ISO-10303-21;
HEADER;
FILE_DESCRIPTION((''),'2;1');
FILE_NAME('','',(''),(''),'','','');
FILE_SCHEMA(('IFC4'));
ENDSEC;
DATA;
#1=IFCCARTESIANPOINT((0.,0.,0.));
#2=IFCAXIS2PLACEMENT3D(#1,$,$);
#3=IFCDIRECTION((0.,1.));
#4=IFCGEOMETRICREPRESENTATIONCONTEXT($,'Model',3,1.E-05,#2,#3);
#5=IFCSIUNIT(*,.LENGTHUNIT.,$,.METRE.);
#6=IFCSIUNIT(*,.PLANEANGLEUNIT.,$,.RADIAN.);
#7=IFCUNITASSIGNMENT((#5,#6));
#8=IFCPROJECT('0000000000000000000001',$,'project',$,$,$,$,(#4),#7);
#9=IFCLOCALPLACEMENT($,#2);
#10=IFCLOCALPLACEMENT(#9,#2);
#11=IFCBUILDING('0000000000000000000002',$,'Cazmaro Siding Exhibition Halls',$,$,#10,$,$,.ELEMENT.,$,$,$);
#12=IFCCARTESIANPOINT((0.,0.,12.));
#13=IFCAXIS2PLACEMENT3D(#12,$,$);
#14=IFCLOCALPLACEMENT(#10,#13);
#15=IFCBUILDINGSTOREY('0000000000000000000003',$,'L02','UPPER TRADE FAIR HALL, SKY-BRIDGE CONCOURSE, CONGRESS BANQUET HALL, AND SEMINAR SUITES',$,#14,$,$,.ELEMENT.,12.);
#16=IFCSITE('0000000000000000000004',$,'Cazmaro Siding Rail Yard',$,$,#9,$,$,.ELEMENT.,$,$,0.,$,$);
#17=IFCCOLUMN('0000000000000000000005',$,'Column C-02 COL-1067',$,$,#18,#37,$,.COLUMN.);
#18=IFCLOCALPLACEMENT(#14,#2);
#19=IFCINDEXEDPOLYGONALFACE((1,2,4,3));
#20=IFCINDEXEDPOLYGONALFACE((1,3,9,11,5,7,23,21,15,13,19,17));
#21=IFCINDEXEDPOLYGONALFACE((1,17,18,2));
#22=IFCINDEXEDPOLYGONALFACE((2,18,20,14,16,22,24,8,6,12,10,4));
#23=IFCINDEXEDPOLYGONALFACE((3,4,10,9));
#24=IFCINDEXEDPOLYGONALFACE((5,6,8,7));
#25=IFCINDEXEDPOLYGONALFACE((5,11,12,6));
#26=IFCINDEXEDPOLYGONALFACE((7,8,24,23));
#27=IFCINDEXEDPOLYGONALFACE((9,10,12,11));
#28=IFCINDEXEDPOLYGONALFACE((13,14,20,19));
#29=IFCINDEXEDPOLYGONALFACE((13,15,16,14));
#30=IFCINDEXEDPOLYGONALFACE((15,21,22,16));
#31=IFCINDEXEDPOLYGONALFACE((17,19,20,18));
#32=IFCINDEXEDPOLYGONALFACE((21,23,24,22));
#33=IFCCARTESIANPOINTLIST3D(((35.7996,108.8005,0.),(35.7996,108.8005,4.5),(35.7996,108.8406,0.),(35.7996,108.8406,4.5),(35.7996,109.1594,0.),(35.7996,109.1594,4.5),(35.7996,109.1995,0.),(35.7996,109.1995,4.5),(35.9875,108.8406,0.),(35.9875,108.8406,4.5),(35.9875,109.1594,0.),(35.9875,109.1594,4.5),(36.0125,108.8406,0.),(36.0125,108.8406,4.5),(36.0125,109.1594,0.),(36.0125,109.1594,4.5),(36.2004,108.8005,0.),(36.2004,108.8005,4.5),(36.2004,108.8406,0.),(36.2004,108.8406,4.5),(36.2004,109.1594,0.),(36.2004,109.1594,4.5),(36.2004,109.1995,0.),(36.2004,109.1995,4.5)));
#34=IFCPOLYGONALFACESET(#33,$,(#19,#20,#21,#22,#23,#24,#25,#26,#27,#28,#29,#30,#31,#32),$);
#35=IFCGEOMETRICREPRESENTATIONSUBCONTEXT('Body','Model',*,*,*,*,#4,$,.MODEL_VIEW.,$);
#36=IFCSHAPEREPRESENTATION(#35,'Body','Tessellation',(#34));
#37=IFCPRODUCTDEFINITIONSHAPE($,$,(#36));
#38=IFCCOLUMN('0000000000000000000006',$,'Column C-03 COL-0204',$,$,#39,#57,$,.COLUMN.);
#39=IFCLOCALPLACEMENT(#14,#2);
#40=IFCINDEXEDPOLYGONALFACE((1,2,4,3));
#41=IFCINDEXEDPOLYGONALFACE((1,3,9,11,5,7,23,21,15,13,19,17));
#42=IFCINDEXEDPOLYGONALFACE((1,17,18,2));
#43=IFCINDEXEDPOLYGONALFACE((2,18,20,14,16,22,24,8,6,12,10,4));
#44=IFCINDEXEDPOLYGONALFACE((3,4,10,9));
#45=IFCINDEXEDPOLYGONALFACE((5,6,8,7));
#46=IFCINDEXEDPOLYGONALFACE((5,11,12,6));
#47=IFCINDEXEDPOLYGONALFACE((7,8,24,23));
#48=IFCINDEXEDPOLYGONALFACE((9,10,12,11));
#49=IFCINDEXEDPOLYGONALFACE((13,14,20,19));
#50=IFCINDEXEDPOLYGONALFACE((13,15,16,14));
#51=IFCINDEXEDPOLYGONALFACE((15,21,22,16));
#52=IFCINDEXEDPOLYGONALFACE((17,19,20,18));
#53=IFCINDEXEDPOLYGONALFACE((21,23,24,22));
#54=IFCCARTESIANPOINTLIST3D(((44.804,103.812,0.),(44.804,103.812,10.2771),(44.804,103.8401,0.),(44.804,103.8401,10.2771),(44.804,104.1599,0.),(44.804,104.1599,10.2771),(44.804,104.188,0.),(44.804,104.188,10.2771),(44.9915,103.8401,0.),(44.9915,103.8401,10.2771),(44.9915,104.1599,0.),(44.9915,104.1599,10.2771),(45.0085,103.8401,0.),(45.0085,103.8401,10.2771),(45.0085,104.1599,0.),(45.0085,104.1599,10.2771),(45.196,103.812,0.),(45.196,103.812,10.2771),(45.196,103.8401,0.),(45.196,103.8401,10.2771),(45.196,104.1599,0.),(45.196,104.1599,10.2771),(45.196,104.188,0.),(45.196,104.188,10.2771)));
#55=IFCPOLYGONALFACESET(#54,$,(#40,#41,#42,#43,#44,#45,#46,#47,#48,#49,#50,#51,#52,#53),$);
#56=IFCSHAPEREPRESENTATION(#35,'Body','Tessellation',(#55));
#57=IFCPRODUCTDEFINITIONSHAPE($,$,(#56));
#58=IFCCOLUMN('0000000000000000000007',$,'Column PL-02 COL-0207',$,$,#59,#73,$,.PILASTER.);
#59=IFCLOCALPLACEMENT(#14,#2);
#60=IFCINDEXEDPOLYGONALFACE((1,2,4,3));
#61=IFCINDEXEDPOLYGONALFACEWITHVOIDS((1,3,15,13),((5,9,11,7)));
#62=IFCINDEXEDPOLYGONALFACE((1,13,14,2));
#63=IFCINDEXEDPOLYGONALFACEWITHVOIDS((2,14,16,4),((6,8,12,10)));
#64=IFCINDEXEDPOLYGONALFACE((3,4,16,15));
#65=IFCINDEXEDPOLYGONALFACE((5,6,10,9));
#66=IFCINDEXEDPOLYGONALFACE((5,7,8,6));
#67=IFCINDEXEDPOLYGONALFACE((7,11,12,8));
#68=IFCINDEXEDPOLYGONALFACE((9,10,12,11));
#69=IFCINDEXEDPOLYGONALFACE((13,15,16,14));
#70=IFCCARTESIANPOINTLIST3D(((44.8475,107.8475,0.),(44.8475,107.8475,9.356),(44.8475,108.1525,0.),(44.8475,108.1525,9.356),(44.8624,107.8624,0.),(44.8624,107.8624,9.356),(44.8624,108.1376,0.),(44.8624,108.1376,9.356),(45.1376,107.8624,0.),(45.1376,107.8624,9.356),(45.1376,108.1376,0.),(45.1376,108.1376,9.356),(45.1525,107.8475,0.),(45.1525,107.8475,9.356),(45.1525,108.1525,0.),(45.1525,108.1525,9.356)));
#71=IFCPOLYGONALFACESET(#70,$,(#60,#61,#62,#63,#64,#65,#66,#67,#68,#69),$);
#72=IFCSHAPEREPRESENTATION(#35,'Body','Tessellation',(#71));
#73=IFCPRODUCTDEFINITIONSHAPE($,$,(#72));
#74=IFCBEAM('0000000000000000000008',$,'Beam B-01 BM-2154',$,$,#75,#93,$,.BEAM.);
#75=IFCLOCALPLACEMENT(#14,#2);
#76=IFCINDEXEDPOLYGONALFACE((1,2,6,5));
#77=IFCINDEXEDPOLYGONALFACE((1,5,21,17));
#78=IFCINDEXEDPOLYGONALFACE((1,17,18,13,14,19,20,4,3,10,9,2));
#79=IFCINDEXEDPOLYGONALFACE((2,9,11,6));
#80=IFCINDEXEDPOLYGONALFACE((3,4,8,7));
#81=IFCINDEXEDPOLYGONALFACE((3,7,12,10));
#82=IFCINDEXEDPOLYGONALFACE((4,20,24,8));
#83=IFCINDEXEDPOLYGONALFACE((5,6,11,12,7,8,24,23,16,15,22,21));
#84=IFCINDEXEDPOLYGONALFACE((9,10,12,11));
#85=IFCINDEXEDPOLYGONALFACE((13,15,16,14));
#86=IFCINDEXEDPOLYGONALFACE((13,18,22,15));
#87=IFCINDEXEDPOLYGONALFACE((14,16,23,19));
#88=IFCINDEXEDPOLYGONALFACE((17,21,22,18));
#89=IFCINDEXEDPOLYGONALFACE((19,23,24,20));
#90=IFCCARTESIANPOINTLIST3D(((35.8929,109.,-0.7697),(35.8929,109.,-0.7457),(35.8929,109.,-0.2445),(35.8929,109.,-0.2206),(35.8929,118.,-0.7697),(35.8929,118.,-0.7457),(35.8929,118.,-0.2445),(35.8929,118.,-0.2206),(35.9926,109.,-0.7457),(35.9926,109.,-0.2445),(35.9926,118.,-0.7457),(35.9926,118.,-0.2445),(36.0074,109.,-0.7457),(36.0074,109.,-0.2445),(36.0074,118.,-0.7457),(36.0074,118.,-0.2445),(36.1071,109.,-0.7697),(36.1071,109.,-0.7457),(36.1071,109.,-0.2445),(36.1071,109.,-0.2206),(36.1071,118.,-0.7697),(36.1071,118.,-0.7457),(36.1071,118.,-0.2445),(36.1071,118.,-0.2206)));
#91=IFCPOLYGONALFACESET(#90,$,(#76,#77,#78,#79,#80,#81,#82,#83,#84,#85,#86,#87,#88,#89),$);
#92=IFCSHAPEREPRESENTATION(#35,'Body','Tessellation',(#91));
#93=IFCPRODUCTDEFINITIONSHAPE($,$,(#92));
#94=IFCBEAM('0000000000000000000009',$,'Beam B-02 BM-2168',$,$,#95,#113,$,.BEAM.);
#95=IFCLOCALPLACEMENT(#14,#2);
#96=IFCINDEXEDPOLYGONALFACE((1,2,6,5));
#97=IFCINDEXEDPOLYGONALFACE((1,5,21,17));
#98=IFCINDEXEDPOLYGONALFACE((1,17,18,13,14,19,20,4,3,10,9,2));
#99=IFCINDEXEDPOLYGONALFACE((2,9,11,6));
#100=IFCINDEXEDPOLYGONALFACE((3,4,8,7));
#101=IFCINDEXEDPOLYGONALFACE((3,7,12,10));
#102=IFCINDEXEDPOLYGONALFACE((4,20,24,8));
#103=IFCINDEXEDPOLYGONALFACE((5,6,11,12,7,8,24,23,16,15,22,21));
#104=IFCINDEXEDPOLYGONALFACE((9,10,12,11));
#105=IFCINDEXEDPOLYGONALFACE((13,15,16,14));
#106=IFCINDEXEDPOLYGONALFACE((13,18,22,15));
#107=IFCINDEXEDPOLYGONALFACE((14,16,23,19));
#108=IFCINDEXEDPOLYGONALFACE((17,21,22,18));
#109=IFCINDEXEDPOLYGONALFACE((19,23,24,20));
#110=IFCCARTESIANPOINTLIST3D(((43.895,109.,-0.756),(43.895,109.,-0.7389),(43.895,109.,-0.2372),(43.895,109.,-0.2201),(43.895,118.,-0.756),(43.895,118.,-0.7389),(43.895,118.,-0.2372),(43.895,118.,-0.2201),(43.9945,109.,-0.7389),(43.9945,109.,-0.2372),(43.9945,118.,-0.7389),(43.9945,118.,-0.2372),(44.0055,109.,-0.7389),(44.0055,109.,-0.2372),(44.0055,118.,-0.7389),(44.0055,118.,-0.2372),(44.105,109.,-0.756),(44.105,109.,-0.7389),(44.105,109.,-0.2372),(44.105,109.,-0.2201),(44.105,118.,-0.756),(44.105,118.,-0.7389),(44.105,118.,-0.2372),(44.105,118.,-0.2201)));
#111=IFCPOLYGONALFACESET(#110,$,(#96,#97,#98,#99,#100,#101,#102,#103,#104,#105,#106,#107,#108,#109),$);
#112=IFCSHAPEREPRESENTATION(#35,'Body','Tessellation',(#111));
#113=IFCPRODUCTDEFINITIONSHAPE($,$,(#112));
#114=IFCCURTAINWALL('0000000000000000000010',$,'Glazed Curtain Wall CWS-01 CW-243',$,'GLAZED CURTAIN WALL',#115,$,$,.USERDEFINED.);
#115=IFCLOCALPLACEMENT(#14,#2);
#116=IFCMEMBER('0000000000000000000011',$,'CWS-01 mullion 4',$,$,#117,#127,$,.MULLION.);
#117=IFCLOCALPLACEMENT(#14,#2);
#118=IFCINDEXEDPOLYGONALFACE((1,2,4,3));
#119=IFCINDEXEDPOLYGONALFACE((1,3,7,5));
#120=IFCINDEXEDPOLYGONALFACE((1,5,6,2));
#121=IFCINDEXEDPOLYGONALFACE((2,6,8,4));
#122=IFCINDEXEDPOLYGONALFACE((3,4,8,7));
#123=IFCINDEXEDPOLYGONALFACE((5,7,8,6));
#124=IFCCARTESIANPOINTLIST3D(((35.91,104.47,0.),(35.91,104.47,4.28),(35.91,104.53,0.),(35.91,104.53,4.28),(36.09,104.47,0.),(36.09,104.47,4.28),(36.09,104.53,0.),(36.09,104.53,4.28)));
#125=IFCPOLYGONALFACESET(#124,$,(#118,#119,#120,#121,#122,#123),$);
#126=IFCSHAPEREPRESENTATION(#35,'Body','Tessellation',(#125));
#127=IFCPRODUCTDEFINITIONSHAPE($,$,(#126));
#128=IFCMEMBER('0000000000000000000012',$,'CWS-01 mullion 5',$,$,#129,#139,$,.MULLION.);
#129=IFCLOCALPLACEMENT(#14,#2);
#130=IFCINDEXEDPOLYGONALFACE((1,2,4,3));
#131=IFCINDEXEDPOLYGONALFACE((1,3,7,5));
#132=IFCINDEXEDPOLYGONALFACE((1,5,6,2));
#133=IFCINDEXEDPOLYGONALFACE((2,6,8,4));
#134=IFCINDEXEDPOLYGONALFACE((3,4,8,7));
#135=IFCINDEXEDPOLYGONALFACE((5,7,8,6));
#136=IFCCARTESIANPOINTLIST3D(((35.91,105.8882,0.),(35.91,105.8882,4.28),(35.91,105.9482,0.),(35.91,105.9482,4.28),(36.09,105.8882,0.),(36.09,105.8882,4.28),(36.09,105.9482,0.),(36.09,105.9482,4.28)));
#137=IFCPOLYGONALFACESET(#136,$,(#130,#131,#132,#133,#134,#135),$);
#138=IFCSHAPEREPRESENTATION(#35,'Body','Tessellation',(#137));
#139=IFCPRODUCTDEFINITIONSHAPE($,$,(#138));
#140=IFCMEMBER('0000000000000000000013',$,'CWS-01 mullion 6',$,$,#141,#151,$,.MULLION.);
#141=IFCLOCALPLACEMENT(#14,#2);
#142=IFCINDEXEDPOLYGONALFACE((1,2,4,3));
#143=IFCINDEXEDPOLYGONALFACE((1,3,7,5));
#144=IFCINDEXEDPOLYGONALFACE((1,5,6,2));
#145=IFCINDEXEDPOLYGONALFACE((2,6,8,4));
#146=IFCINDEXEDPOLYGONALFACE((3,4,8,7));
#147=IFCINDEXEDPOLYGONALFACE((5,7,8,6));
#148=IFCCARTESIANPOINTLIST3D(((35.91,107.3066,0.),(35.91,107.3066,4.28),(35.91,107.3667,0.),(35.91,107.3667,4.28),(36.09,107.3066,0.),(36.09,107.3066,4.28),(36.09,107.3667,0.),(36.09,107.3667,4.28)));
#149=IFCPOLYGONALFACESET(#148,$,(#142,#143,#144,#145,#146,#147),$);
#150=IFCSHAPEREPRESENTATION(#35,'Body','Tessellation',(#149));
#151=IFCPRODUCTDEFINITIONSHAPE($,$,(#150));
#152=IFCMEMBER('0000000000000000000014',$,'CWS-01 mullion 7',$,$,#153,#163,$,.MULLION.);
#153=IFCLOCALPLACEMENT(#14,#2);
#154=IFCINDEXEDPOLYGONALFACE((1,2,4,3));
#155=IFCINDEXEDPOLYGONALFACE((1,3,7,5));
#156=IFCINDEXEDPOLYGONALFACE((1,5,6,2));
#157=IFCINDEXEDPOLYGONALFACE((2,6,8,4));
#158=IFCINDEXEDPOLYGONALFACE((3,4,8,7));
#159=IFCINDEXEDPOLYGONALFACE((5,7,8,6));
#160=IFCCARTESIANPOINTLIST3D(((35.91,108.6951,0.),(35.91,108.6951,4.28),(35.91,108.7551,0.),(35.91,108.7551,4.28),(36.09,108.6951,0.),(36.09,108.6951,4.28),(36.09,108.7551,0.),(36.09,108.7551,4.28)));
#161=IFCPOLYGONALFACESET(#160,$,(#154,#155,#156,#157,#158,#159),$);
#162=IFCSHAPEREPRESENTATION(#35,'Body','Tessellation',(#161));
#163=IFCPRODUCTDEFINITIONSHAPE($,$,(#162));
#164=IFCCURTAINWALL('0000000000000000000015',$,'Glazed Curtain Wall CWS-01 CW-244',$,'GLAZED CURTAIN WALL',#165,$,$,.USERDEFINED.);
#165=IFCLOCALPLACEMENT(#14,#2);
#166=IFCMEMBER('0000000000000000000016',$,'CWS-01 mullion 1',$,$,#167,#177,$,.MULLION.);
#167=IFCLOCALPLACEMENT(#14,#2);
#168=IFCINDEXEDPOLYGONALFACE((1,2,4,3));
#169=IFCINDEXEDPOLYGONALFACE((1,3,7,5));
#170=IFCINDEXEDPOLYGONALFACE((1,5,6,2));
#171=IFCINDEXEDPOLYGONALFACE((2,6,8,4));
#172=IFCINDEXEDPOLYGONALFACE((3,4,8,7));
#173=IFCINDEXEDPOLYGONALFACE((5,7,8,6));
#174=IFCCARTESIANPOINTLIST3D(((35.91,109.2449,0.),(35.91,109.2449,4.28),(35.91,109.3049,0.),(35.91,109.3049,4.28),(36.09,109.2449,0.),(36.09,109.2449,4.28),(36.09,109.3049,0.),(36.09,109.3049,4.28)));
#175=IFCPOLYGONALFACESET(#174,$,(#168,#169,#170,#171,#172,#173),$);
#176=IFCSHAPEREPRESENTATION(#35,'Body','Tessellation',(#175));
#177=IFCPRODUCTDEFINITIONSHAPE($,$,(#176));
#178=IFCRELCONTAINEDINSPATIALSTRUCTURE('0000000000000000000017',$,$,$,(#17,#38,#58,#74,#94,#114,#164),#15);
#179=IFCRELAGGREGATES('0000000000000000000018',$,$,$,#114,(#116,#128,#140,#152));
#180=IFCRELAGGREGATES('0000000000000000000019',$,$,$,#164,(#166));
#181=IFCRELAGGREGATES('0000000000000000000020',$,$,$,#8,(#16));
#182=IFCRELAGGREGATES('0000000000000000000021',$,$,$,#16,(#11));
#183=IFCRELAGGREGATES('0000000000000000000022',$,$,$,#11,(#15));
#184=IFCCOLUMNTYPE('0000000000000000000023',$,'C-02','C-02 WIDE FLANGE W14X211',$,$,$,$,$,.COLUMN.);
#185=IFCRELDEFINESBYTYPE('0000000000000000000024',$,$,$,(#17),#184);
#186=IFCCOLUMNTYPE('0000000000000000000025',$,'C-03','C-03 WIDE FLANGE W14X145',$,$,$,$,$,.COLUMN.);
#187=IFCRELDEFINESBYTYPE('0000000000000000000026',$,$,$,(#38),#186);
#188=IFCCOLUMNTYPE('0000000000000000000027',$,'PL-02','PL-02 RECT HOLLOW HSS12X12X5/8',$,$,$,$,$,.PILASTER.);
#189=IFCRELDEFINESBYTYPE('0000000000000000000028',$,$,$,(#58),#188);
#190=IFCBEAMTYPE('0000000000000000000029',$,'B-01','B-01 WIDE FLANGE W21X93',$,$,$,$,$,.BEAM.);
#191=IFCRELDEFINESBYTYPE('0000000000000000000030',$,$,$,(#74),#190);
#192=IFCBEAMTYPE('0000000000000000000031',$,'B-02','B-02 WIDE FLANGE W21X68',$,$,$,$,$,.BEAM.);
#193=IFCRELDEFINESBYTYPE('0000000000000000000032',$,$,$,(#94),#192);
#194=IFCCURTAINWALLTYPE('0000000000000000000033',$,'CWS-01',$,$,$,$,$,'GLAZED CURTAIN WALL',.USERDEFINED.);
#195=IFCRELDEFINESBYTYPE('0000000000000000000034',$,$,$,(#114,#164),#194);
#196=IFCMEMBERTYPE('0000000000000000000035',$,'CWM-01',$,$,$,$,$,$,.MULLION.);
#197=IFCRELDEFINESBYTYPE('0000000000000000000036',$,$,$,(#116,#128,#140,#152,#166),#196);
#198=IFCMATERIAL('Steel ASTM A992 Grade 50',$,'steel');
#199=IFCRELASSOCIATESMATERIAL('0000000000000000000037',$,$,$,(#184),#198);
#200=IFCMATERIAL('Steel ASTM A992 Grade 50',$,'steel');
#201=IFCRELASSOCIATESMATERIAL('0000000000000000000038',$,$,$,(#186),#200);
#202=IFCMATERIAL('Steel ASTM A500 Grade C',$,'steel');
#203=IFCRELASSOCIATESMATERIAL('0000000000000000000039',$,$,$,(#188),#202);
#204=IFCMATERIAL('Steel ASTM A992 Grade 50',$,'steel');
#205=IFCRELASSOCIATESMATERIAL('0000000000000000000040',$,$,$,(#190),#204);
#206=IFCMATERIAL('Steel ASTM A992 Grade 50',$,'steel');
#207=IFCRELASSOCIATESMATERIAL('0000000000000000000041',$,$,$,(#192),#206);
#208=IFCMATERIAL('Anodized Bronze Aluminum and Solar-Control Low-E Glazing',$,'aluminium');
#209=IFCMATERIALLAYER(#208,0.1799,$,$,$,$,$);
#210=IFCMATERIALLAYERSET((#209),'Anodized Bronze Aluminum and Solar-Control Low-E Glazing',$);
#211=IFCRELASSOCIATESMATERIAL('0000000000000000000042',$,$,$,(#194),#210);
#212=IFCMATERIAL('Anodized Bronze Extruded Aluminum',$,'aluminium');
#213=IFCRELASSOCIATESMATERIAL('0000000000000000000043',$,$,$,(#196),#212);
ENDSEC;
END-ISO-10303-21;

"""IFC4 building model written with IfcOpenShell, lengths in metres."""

from ifc_helpers import new_model, si_unit, direction, frame, origin, origin_2d, place, context, subcontext, project, spatial, rectangle, hollow_rectangle, i_section, extrude, material, layer, layer_set, material_profile, profile_set, type_object, element, aggregate, save


model = new_model("IFC4")

# Units and contexts
model_context = context("Model", 3, precision=1e-05, world=origin(), true_north=direction((0.0, 1.0)))
body_context = subcontext(model_context, "Body", "Model", "MODEL_VIEW")
ifc_project = project(units=[si_unit("LENGTHUNIT", "METRE"), si_unit("PLANEANGLEUNIT", "RADIAN")], contexts=[model_context])

# Site, building, storey
site_placement = place(None, origin())
site = spatial("IfcSite", under=ifc_project, at=site_placement, Name="Cazmaro Siding Rail Yard", CompositionType="ELEMENT", RefElevation=0.0)
building_placement = place(site_placement, origin())
building = spatial("IfcBuilding", under=site, at=building_placement, Name="Cazmaro Siding Exhibition Halls", CompositionType="ELEMENT")
storey_placement = place(building_placement, frame((0.0, 0.0, 12.0)))
storey = spatial("IfcBuildingStorey", under=building, at=storey_placement, Name="L02", Description="UPPER TRADE FAIR HALL, SKY-BRIDGE CONCOURSE, CONGRESS BANQUET HALL, AND SEMINAR SUITES", CompositionType="ELEMENT", Elevation=12.0)

# Columns
ifc_material_1 = material(Name="Steel ASTM A992 Grade 50", Category="steel")
ifc_material_profile_1 = material_profile(ifc_material_1, i_section(OverallWidth=0.4009, OverallDepth=0.3989, WebThickness=0.0249, FlangeThickness=0.04, at=origin_2d()), Name="W14X211")
ifc_profile_set_1 = profile_set([ifc_material_profile_1], Name="Steel ASTM A992 Grade 50")
column_type_1 = type_object("IfcColumnType", Name="C-02", Description="C-02 WIDE FLANGE W14X211", PredefinedType="COLUMN", material=ifc_profile_set_1)
column_1_placement = place(storey_placement, frame((36.0, 109.0, 0.0), z_axis=(0.0, 0.0, 1.0), x_axis=(1.0, 0.0, 0.0)))
element("IfcColumn", 1, at=column_1_placement, inside=storey, type_object=column_type_1, Name="Column C-02 COL-1067", PredefinedType="COLUMN", context=body_context, shape_type="SweptSolid", body=[
    extrude(i_section(OverallWidth=0.4009, OverallDepth=0.3989, WebThickness=0.0249, FlangeThickness=0.04, at=origin_2d()), origin(), (0.0, 0.0, 1.0), 4.5),
])
ifc_material_2 = material(Name="Steel ASTM A992 Grade 50", Category="steel")
ifc_material_profile_2 = material_profile(ifc_material_2, i_section(OverallWidth=0.3921, OverallDepth=0.376, WebThickness=0.0171, FlangeThickness=0.0281, at=origin_2d()), Name="W14X145")
ifc_profile_set_2 = profile_set([ifc_material_profile_2], Name="Steel ASTM A992 Grade 50")
column_type_2 = type_object("IfcColumnType", Name="C-03", Description="C-03 WIDE FLANGE W14X145", PredefinedType="COLUMN", material=ifc_profile_set_2)
column_2_placement = place(storey_placement, frame((45.0, 104.0, 0.0), z_axis=(0.0, 0.0, 1.0), x_axis=(1.0, 0.0, 0.0)))
element("IfcColumn", 2, at=column_2_placement, inside=storey, type_object=column_type_2, Name="Column C-03 COL-0204", PredefinedType="COLUMN", context=body_context, shape_type="SweptSolid", body=[
    extrude(i_section(OverallWidth=0.3921, OverallDepth=0.376, WebThickness=0.0171, FlangeThickness=0.0281, at=origin_2d()), origin(), (0.0, 0.0, 1.0), 10.2771),
])
ifc_material_3 = material(Name="Steel ASTM A500 Grade C", Category="steel")
ifc_material_profile_3 = material_profile(ifc_material_3, hollow_rectangle(XDim=0.3049, YDim=0.3049, WallThickness=0.0149, at=origin_2d()), Name="HSS12X12X5/8")
ifc_profile_set_3 = profile_set([ifc_material_profile_3], Name="Steel ASTM A500 Grade C")
column_type_3 = type_object("IfcColumnType", Name="PL-02", Description="PL-02 RECT HOLLOW HSS12X12X5/8", PredefinedType="PILASTER", material=ifc_profile_set_3)
column_3_placement = place(storey_placement, frame((45.0, 108.0, 0.0), z_axis=(0.0, 0.0, 1.0), x_axis=(1.0, 0.0, 0.0)))
element("IfcColumn", 3, at=column_3_placement, inside=storey, type_object=column_type_3, Name="Column PL-02 COL-0207", PredefinedType="PILASTER", context=body_context, shape_type="SweptSolid", body=[
    extrude(hollow_rectangle(XDim=0.3049, YDim=0.3049, WallThickness=0.0149, at=origin_2d()), origin(), (0.0, 0.0, 1.0), 9.356),
])

# Beams
ifc_material_4 = material(Name="Steel ASTM A992 Grade 50", Category="steel")
ifc_material_profile_4 = material_profile(ifc_material_4, i_section(OverallWidth=0.2141, OverallDepth=0.5491, WebThickness=0.0149, FlangeThickness=0.0239, at=origin_2d()), Name="W21X93")
ifc_profile_set_4 = profile_set([ifc_material_profile_4], Name="Steel ASTM A992 Grade 50")
beam_type_1 = type_object("IfcBeamType", Name="B-01", Description="B-01 WIDE FLANGE W21X93", PredefinedType="BEAM", material=ifc_profile_set_4)
beam_1_placement = place(storey_placement, frame((36.0, 109.0, -0.4951), z_axis=(0.0, 1.0, 0.0), x_axis=(-1.0, 0.0, 0.0)))
element("IfcBeam", 4, at=beam_1_placement, inside=storey, type_object=beam_type_1, Name="Beam B-01 BM-2154", PredefinedType="BEAM", context=body_context, shape_type="SweptSolid", body=[
    extrude(i_section(OverallWidth=0.2141, OverallDepth=0.5491, WebThickness=0.0149, FlangeThickness=0.0239, at=origin_2d()), origin(), (0.0, 0.0, 1.0), 9.0),
])
ifc_material_5 = material(Name="Steel ASTM A992 Grade 50", Category="steel")
ifc_material_profile_5 = material_profile(ifc_material_5, i_section(OverallWidth=0.21, OverallDepth=0.5359, WebThickness=0.011, FlangeThickness=0.0171, at=origin_2d()), Name="W21X68")
ifc_profile_set_5 = profile_set([ifc_material_profile_5], Name="Steel ASTM A992 Grade 50")
beam_type_2 = type_object("IfcBeamType", Name="B-02", Description="B-02 WIDE FLANGE W21X68", PredefinedType="BEAM", material=ifc_profile_set_5)
beam_2_placement = place(storey_placement, frame((44.0, 109.0, -0.488), z_axis=(0.0, 1.0, 0.0), x_axis=(-1.0, 0.0, 0.0)))
element("IfcBeam", 5, at=beam_2_placement, inside=storey, type_object=beam_type_2, Name="Beam B-02 BM-2168", PredefinedType="BEAM", context=body_context, shape_type="SweptSolid", body=[
    extrude(i_section(OverallWidth=0.21, OverallDepth=0.5359, WebThickness=0.011, FlangeThickness=0.0171, at=origin_2d()), origin(), (0.0, 0.0, 1.0), 9.0),
])

# Curtain walls, members
ifc_material_6 = material(Name="Anodized Bronze Aluminum and Solar-Control Low-E Glazing", Category="aluminium")
ifc_layer_1 = layer(ifc_material_6, 0.1799)
ifc_layer_set_1 = layer_set([ifc_layer_1], Name="Anodized Bronze Aluminum and Solar-Control Low-E Glazing")
curtain_wall_type = type_object("IfcCurtainWallType", Name="CWS-01", ElementType="GLAZED CURTAIN WALL", PredefinedType="USERDEFINED", material=ifc_layer_set_1)
curtain_wall_1_placement = place(storey_placement, origin())
curtain_wall_1 = element("IfcCurtainWall", 6, at=curtain_wall_1_placement, inside=storey, type_object=curtain_wall_type, Name="Glazed Curtain Wall CWS-01 CW-243", ObjectType="GLAZED CURTAIN WALL", PredefinedType="USERDEFINED")
ifc_material_7 = material(Name="Anodized Bronze Extruded Aluminum", Category="aluminium")
ifc_material_profile_6 = material_profile(ifc_material_7, rectangle(XDim=0.1799, YDim=0.0601, at=origin_2d()), Name="CWM-01")
ifc_profile_set_6 = profile_set([ifc_material_profile_6], Name="Anodized Bronze Extruded Aluminum")
member_type_1 = type_object("IfcMemberType", Name="CWM-01", PredefinedType="MULLION", material=ifc_profile_set_6)
member_1_placement = place(storey_placement, frame((36.0, 104.5, 0.0), z_axis=(0.0, 0.0, 1.0), x_axis=(-1.0, 0.0, 0.0)))
member_1 = element("IfcMember", 7, at=member_1_placement, type_object=member_type_1, Name="CWS-01 mullion 4", PredefinedType="MULLION", context=body_context, shape_type="SweptSolid", body=[
    extrude(rectangle(XDim=0.1799, YDim=0.0601, at=origin_2d()), origin(), (0.0, 0.0, 1.0), 4.28),
])
member_2_placement = place(storey_placement, frame((36.0, 105.9182, 0.0), z_axis=(0.0, 0.0, 1.0), x_axis=(-1.0, 0.0, 0.0)))
member_2 = element("IfcMember", 8, at=member_2_placement, type_object=member_type_1, Name="CWS-01 mullion 5", PredefinedType="MULLION", context=body_context, shape_type="SweptSolid", body=[
    extrude(rectangle(XDim=0.1799, YDim=0.0601, at=origin_2d()), origin(), (0.0, 0.0, 1.0), 4.28),
])
member_3_placement = place(storey_placement, frame((36.0, 107.3367, 0.0), z_axis=(0.0, 0.0, 1.0), x_axis=(-1.0, 0.0, 0.0)))
member_3 = element("IfcMember", 9, at=member_3_placement, type_object=member_type_1, Name="CWS-01 mullion 6", PredefinedType="MULLION", context=body_context, shape_type="SweptSolid", body=[
    extrude(rectangle(XDim=0.1799, YDim=0.0601, at=origin_2d()), origin(), (0.0, 0.0, 1.0), 4.28),
])
member_4_placement = place(storey_placement, frame((36.0, 108.7251, 0.0), z_axis=(0.0, 0.0, 1.0), x_axis=(-1.0, 0.0, 0.0)))
member_4 = element("IfcMember", 10, at=member_4_placement, type_object=member_type_1, Name="CWS-01 mullion 7", PredefinedType="MULLION", context=body_context, shape_type="SweptSolid", body=[
    extrude(rectangle(XDim=0.1799, YDim=0.0601, at=origin_2d()), origin(), (0.0, 0.0, 1.0), 4.28),
])
curtain_wall_2_placement = place(storey_placement, origin())
curtain_wall_2 = element("IfcCurtainWall", 11, at=curtain_wall_2_placement, inside=storey, type_object=curtain_wall_type, Name="Glazed Curtain Wall CWS-01 CW-244", ObjectType="GLAZED CURTAIN WALL", PredefinedType="USERDEFINED")
member_5_placement = place(storey_placement, frame((36.0, 109.2749, 0.0), z_axis=(0.0, 0.0, 1.0), x_axis=(-1.0, 0.0, 0.0)))
member_5 = element("IfcMember", 12, at=member_5_placement, type_object=member_type_1, Name="CWS-01 mullion 1", PredefinedType="MULLION", context=body_context, shape_type="SweptSolid", body=[
    extrude(rectangle(XDim=0.1799, YDim=0.0601, at=origin_2d()), origin(), (0.0, 0.0, 1.0), 4.28),
])

aggregate(curtain_wall_1, [member_1, member_2, member_3, member_4])
aggregate(curtain_wall_2, [member_5])

save(model, "model.ifc")
